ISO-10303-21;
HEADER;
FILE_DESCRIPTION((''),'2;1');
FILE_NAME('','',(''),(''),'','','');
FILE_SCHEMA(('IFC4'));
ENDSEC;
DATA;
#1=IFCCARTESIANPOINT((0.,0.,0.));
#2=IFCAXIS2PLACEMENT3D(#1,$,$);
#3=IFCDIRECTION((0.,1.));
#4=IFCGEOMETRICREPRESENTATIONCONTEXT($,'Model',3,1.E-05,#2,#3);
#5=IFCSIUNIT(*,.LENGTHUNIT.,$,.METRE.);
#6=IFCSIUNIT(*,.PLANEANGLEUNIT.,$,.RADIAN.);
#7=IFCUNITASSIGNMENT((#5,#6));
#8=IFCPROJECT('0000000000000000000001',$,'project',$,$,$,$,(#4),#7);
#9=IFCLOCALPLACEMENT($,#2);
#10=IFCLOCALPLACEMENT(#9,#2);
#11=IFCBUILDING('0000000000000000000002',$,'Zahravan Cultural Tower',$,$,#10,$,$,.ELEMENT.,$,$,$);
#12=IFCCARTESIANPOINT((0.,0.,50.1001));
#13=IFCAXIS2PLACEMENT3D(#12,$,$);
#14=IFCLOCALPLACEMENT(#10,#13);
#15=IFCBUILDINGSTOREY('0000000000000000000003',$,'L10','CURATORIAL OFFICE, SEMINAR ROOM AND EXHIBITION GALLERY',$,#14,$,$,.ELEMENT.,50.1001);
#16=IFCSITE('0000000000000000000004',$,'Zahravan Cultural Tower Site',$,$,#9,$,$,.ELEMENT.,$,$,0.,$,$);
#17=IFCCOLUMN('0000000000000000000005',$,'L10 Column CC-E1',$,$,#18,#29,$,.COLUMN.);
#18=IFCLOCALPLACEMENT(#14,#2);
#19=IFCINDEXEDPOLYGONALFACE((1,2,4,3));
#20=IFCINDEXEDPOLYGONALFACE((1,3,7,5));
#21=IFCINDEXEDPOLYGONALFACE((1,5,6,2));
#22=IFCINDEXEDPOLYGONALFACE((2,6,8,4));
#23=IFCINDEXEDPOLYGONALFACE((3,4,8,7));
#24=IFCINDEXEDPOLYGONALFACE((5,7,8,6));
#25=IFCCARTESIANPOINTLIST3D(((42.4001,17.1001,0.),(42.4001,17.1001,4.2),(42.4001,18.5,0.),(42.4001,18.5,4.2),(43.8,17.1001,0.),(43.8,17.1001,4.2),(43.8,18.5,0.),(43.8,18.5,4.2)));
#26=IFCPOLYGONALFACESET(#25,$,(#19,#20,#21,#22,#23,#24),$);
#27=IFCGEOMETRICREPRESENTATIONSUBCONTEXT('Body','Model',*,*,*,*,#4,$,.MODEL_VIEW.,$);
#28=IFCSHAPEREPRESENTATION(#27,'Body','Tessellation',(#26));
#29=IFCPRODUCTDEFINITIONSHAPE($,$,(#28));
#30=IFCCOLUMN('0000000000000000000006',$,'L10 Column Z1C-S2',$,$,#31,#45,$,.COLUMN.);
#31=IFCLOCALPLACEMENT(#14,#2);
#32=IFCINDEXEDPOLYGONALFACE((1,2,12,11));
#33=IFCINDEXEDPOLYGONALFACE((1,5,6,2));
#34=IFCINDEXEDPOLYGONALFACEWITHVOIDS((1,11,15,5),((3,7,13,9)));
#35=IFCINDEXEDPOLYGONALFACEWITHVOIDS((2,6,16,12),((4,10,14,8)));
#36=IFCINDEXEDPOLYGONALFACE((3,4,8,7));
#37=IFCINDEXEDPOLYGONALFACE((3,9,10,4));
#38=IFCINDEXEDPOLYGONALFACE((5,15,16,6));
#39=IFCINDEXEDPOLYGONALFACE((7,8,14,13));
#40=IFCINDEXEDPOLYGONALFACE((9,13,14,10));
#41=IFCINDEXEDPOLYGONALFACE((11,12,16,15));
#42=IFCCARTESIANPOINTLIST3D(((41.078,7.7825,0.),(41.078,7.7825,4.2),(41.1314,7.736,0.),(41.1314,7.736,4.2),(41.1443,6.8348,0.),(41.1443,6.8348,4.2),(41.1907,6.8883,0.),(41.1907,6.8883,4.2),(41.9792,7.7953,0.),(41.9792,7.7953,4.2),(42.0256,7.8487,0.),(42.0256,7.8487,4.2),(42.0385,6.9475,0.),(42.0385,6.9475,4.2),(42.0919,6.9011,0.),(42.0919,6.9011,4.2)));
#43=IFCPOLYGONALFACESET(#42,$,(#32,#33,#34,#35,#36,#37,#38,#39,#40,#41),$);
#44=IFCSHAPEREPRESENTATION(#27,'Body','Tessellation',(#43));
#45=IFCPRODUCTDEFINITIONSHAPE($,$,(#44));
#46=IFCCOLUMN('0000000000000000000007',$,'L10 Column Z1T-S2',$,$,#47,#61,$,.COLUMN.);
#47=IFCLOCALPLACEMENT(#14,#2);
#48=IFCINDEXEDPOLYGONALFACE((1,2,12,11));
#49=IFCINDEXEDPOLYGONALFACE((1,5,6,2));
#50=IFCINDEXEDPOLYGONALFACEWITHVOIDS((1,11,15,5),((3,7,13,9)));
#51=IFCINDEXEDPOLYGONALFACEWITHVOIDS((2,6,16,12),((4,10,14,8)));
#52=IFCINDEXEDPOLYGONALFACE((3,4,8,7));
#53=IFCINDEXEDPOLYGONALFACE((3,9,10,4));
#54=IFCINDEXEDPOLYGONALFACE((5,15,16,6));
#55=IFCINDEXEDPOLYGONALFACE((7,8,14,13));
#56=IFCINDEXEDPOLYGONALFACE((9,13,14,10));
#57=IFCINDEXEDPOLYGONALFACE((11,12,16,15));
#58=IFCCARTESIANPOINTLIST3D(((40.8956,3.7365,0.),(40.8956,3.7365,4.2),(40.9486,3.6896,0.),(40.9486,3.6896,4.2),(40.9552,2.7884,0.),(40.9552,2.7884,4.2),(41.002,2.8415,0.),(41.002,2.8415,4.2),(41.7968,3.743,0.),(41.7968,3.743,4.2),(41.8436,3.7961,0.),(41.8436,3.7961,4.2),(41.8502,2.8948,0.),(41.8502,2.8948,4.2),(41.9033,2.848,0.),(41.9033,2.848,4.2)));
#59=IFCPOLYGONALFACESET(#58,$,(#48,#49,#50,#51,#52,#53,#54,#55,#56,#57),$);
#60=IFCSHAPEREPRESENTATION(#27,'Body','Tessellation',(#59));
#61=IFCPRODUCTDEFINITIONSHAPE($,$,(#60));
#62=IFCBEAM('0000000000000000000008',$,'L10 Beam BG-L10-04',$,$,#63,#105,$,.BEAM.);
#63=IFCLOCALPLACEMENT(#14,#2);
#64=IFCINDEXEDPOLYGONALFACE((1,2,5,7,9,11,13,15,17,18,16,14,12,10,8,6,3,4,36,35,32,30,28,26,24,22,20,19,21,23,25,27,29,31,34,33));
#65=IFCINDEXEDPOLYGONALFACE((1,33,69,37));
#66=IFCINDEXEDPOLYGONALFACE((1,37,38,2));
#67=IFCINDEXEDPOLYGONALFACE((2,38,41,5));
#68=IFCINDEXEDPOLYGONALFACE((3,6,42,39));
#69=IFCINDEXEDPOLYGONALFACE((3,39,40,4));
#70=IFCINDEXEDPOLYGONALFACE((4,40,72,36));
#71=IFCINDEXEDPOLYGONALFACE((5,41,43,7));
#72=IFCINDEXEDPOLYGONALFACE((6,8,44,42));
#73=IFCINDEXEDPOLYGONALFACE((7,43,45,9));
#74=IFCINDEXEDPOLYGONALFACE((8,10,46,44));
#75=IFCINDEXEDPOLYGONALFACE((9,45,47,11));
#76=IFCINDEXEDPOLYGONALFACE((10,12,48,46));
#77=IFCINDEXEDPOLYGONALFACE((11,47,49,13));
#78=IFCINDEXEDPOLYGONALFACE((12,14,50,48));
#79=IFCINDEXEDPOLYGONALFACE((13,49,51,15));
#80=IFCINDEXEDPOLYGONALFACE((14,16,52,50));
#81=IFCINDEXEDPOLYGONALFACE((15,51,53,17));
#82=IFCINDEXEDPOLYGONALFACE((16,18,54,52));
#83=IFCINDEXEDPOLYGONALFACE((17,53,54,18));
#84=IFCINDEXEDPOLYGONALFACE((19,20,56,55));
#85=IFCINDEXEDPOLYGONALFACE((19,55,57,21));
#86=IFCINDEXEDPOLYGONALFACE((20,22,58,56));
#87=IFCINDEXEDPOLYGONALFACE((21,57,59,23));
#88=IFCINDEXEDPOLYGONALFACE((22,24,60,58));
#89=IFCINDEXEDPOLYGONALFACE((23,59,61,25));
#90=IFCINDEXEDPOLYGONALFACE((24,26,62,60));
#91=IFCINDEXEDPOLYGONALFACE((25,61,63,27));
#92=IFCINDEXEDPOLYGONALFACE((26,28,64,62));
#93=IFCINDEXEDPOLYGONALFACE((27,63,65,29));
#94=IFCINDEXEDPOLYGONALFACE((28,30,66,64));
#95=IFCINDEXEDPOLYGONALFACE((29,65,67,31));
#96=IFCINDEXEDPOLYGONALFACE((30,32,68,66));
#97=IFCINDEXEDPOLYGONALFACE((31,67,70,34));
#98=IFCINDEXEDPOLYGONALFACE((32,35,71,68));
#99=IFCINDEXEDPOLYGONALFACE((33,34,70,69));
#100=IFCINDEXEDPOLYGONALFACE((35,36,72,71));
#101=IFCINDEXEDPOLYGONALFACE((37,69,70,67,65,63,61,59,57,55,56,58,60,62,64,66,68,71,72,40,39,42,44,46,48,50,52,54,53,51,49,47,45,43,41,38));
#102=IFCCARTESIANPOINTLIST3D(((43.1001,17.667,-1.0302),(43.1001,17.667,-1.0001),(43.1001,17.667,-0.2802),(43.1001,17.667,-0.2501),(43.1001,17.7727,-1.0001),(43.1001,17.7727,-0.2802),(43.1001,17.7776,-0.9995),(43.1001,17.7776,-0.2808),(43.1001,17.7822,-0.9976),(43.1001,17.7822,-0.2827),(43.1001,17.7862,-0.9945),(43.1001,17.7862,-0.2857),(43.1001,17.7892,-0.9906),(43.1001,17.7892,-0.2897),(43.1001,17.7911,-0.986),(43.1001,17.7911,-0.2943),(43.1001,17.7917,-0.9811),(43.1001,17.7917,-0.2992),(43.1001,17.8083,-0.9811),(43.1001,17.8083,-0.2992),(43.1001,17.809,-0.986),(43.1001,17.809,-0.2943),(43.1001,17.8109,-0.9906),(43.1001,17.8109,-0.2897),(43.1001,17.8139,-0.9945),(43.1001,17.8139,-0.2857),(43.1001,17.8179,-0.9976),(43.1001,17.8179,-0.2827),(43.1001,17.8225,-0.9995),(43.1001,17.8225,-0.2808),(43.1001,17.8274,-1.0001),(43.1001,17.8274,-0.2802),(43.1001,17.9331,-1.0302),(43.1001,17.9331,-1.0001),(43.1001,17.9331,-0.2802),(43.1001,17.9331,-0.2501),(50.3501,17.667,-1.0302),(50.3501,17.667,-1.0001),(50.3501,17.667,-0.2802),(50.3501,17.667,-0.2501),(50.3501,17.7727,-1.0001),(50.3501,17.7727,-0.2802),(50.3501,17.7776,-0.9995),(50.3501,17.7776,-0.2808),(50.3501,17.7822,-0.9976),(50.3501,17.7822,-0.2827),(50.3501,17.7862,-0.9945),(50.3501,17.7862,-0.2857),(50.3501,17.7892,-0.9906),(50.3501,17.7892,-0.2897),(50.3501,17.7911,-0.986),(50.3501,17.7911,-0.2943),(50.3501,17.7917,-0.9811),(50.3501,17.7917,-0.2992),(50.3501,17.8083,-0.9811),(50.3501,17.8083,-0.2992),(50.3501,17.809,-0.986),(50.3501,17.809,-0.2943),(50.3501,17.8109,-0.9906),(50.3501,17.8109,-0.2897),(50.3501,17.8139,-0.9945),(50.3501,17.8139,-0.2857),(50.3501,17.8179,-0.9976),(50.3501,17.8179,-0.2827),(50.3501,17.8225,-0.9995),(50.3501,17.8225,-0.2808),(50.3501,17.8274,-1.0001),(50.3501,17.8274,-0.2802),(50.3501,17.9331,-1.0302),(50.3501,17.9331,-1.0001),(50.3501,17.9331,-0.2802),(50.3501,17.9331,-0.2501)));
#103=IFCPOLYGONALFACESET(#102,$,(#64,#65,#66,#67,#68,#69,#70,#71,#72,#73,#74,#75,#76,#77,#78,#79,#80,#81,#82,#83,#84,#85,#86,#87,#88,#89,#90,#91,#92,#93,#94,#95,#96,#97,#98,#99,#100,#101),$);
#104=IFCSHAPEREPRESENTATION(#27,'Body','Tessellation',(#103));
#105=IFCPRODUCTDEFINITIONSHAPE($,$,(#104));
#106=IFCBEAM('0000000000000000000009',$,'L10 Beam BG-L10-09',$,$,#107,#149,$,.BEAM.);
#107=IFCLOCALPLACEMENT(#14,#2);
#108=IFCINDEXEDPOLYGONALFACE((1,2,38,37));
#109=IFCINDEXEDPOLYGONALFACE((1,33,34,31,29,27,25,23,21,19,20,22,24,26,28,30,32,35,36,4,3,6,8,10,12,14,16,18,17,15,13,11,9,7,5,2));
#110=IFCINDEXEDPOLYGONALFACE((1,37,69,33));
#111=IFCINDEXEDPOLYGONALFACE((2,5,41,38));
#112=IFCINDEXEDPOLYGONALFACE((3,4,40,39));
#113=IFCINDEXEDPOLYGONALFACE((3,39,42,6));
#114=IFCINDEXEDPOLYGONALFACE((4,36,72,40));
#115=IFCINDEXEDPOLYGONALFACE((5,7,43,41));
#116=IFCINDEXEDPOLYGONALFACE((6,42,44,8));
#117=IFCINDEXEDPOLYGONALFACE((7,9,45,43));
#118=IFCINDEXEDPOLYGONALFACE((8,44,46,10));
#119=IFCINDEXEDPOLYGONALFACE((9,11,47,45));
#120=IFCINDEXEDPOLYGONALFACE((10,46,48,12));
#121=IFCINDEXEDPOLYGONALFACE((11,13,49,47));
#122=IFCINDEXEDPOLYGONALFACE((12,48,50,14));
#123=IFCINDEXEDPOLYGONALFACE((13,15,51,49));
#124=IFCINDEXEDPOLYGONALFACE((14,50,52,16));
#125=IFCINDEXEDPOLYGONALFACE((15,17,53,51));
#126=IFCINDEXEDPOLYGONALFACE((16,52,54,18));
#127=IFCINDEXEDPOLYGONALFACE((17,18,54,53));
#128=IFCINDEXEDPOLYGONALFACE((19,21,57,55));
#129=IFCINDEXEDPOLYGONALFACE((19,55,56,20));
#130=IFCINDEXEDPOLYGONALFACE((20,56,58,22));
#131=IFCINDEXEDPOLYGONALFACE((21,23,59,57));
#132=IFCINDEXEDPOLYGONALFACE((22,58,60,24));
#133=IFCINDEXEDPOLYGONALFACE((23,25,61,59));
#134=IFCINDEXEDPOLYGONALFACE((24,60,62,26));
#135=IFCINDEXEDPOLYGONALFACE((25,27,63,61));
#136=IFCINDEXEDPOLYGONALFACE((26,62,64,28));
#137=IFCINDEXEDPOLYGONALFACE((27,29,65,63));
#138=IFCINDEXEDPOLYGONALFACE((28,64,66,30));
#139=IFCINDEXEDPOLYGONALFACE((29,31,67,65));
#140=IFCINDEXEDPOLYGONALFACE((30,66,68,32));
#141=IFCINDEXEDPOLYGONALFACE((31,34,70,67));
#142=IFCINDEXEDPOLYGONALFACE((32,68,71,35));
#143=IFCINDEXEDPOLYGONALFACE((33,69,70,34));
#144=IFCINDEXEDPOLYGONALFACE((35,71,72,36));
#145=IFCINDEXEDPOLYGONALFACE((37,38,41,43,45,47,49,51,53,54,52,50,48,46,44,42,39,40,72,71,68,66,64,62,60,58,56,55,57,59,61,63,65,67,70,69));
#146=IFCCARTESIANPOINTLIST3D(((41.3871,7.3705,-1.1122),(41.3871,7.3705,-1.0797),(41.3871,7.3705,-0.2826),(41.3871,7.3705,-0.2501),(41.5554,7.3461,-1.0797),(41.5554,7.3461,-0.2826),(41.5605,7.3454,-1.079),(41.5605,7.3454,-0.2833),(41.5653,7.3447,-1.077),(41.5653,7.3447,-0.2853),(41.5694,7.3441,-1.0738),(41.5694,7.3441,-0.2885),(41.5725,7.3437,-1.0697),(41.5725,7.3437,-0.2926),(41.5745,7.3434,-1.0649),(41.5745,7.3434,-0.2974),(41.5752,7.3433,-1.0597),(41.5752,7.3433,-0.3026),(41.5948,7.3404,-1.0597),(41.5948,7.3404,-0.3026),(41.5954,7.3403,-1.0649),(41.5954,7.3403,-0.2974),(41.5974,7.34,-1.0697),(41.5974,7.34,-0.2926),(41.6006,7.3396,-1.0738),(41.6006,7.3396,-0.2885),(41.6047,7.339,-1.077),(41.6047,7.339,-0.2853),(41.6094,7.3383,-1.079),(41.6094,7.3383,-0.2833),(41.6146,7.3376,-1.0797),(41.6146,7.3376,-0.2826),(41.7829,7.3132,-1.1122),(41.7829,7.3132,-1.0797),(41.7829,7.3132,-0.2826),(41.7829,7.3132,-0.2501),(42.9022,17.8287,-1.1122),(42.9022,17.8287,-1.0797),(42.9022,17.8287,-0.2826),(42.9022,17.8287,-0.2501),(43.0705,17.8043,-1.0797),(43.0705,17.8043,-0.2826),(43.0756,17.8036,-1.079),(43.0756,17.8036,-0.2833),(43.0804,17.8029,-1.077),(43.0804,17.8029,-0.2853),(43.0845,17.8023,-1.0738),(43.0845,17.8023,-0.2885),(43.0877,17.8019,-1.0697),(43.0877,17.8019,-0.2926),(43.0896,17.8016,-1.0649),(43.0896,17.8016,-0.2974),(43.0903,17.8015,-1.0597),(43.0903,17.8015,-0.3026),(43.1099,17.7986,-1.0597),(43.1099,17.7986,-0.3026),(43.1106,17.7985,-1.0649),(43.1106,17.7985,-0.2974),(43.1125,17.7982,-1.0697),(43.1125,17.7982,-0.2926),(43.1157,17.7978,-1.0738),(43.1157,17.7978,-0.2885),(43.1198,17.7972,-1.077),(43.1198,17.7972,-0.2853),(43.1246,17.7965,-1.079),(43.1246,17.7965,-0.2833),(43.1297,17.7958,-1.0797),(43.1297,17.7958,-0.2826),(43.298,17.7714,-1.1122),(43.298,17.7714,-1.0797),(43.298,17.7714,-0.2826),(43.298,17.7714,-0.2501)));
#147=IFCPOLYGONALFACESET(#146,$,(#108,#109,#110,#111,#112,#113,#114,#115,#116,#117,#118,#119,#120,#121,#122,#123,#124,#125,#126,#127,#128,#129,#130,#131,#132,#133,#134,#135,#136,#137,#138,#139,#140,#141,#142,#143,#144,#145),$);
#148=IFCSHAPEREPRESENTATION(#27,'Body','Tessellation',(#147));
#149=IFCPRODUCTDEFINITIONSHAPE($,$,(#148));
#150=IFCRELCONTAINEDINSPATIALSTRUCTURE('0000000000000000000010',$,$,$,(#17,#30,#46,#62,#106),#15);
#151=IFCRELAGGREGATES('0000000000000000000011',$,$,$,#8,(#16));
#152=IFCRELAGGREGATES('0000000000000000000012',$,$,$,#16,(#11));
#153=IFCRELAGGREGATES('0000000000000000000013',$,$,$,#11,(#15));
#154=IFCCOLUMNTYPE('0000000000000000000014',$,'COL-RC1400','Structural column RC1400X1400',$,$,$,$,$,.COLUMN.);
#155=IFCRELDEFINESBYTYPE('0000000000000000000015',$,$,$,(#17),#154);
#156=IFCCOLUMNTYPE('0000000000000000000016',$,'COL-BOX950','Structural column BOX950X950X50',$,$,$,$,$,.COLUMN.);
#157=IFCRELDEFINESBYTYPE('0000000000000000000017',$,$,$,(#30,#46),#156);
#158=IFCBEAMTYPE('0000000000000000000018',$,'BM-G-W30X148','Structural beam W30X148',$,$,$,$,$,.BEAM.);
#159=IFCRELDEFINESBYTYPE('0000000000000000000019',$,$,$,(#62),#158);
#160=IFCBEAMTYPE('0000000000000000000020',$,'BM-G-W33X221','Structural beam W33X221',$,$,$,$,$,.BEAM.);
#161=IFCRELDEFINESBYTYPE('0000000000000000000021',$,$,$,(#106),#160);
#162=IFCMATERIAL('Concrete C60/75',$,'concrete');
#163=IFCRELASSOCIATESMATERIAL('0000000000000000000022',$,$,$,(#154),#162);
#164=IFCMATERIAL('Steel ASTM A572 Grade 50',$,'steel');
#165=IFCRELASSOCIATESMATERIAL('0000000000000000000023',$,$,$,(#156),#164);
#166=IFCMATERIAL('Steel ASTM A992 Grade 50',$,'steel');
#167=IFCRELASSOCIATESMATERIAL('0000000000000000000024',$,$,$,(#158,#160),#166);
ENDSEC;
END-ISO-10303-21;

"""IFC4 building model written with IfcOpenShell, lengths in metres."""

from ifc_helpers import new_model, si_unit, direction, frame, origin, origin_2d, place, context, subcontext, project, spatial, rectangle, hollow_rectangle, i_section, extrude, source, transform, mapped, material, material_profile, profile_set, type_object, element, save


model = new_model("IFC4")

# Units and contexts
model_context = context("Model", 3, precision=1e-05, world=origin(), true_north=direction((0.0, 1.0)))
body_context = subcontext(model_context, "Body", "Model", "MODEL_VIEW")
ifc_project = project(units=[si_unit("LENGTHUNIT", "METRE"), si_unit("PLANEANGLEUNIT", "RADIAN")], contexts=[model_context])

# Site, building, storey
site_placement = place(None, origin())
site = spatial("IfcSite", under=ifc_project, at=site_placement, Name="Zahravan Cultural Tower Site", CompositionType="ELEMENT", RefElevation=0.0)
building_placement = place(site_placement, origin())
building = spatial("IfcBuilding", under=site, at=building_placement, Name="Zahravan Cultural Tower", CompositionType="ELEMENT")
storey_placement = place(building_placement, frame((0.0, 0.0, 50.1001)))
storey = spatial("IfcBuildingStorey", under=building, at=storey_placement, Name="L10", Description="CURATORIAL OFFICE, SEMINAR ROOM AND EXHIBITION GALLERY", CompositionType="ELEMENT", Elevation=50.1001)

# Columns
ifc_material_1 = material(Name="Concrete C60/75", Category="concrete")
ifc_material_profile_1 = material_profile(ifc_material_1, rectangle(XDim=1.3999, YDim=1.3999, at=origin_2d()), Name="RC1400X1400")
ifc_profile_set_1 = profile_set([ifc_material_profile_1], Name="Concrete C60/75")
column_type_1 = type_object("IfcColumnType", Name="COL-RC1400", Description="Structural column RC1400X1400", PredefinedType="COLUMN", material=ifc_profile_set_1)
shared_shape_1 = source(origin(), body_context, "Body", "SweptSolid", [
    extrude(rectangle(XDim=1.3999, YDim=1.3999, at=origin_2d()), origin(), (0.0, 0.0, 1.0), 4.2),
])
column_placement = place(storey_placement, frame((43.1001, 17.8, 0.0), z_axis=(0.0, 0.0, 1.0), x_axis=(1.0, 0.0, 0.0)))
element("IfcColumn", 1, at=column_placement, inside=storey, type_object=column_type_1, Name="L10 Column CC-E1", PredefinedType="COLUMN", context=body_context, shape_type="MappedRepresentation", body=[
    mapped(shared_shape_1, transform((0.0, 0.0, 0.0), x_axis=(1.0, 0.0, 0.0), y_axis=(0.0, 1.0, 0.0), z_axis=(0.0, 0.0, 1.0), scale=1.0)),
])
ifc_material_2 = material(Name="Steel ASTM A572 Grade 50", Category="steel")
ifc_material_profile_2 = material_profile(ifc_material_2, hollow_rectangle(XDim=0.95, YDim=0.95, WallThickness=0.05, at=origin_2d()), Name="BOX950X950X50")
ifc_profile_set_2 = profile_set([ifc_material_profile_2], Name="Steel ASTM A572 Grade 50")
column_type_2 = type_object("IfcColumnType", Name="COL-BOX950", Description="Structural column BOX950X950X50", PredefinedType="COLUMN", material=ifc_profile_set_2)
shared_shape_2 = source(origin(), body_context, "Body", "SweptSolid", [
    extrude(hollow_rectangle(XDim=0.95, YDim=0.95, WallThickness=0.05, at=origin_2d()), origin(), (0.0, 0.0, 1.0), 4.2),
])
for number, where, z_axis, x_axis, name in (
    (2, (41.585, 7.3418, 0.0), (0.0, 0.0, 1.0), (-0.069756, 0.997564, 0.0), "L10 Column Z1C-S2"),
    (3, (41.3994, 3.2922, 0.0), (0.0, 0.0, 1.0), (-0.062791, 0.998027, 0.0), "L10 Column Z1T-S2"),
):
    element("IfcColumn", number, at=place(storey_placement, frame(where, z_axis=z_axis, x_axis=x_axis)), inside=storey, type_object=column_type_2, Name=name, PredefinedType="COLUMN", context=body_context, shape_type="MappedRepresentation", body=[
        mapped(shared_shape_2, transform((0.0, 0.0, 0.0), x_axis=(1.0, 0.0, 0.0), y_axis=(0.0, 1.0, 0.0), z_axis=(0.0, 0.0, 1.0), scale=1.0)),
    ])

# Beams
ifc_material_3 = material(Name="Steel ASTM A992 Grade 50", Category="steel")
ifc_material_profile_3 = material_profile(ifc_material_3, i_section(OverallWidth=0.2661, OverallDepth=0.78, WebThickness=0.0166, FlangeThickness=0.03, FilletRadius=0.019, at=origin_2d()), Name="W30X148")
ifc_profile_set_3 = profile_set([ifc_material_profile_3], Name="Steel ASTM A992 Grade 50")
beam_type_1 = type_object("IfcBeamType", Name="BM-G-W30X148", Description="Structural beam W30X148", PredefinedType="BEAM", material=ifc_profile_set_3)
shared_shape_3 = source(origin(), body_context, "Body", "SweptSolid", [
    extrude(i_section(OverallWidth=0.2661, OverallDepth=0.78, WebThickness=0.0166, FlangeThickness=0.03, FilletRadius=0.019, at=origin_2d()), origin(), (0.0, 0.0, 1.0), 7.25),
])
beam_1_placement = place(storey_placement, frame((43.1001, 17.8, -0.6401), z_axis=(1.0, 0.0, 0.0), x_axis=(0.0, 1.0, 0.0)))
element("IfcBeam", 4, at=beam_1_placement, inside=storey, type_object=beam_type_1, Name="L10 Beam BG-L10-04", PredefinedType="BEAM", context=body_context, shape_type="MappedRepresentation", body=[
    mapped(shared_shape_3, transform((0.0, 0.0, 0.0), x_axis=(1.0, 0.0, 0.0), y_axis=(0.0, 1.0, 0.0), z_axis=(0.0, 0.0, 1.0), scale=1.0)),
])
ifc_material_profile_4 = material_profile(ifc_material_3, i_section(OverallWidth=0.3999, OverallDepth=0.8621, WebThickness=0.0198, FlangeThickness=0.0325, FilletRadius=0.02, at=origin_2d()), Name="W33X221")
ifc_profile_set_4 = profile_set([ifc_material_profile_4], Name="Steel ASTM A992 Grade 50")
beam_type_2 = type_object("IfcBeamType", Name="BM-G-W33X221", Description="Structural beam W33X221", PredefinedType="BEAM", material=ifc_profile_set_4)
shared_shape_4 = source(origin(), body_context, "Body", "SweptSolid", [
    extrude(i_section(OverallWidth=0.3999, OverallDepth=0.8621, WebThickness=0.0198, FlangeThickness=0.0325, FilletRadius=0.02, at=origin_2d()), origin(), (0.0, 0.0, 1.0), 10.5674),
])
beam_2_placement = place(storey_placement, frame((43.1001, 17.8, -0.6812), z_axis=(-0.143378, -0.989668, 0.0), x_axis=(0.989668, -0.143378, 0.0)))
element("IfcBeam", 5, at=beam_2_placement, inside=storey, type_object=beam_type_2, Name="L10 Beam BG-L10-09", PredefinedType="BEAM", context=body_context, shape_type="MappedRepresentation", body=[
    mapped(shared_shape_4, transform((0.0, 0.0, 0.0), x_axis=(1.0, 0.0, 0.0), y_axis=(0.0, 1.0, 0.0), z_axis=(0.0, 0.0, 1.0), scale=1.0)),
])

save(model, "model.ifc")
